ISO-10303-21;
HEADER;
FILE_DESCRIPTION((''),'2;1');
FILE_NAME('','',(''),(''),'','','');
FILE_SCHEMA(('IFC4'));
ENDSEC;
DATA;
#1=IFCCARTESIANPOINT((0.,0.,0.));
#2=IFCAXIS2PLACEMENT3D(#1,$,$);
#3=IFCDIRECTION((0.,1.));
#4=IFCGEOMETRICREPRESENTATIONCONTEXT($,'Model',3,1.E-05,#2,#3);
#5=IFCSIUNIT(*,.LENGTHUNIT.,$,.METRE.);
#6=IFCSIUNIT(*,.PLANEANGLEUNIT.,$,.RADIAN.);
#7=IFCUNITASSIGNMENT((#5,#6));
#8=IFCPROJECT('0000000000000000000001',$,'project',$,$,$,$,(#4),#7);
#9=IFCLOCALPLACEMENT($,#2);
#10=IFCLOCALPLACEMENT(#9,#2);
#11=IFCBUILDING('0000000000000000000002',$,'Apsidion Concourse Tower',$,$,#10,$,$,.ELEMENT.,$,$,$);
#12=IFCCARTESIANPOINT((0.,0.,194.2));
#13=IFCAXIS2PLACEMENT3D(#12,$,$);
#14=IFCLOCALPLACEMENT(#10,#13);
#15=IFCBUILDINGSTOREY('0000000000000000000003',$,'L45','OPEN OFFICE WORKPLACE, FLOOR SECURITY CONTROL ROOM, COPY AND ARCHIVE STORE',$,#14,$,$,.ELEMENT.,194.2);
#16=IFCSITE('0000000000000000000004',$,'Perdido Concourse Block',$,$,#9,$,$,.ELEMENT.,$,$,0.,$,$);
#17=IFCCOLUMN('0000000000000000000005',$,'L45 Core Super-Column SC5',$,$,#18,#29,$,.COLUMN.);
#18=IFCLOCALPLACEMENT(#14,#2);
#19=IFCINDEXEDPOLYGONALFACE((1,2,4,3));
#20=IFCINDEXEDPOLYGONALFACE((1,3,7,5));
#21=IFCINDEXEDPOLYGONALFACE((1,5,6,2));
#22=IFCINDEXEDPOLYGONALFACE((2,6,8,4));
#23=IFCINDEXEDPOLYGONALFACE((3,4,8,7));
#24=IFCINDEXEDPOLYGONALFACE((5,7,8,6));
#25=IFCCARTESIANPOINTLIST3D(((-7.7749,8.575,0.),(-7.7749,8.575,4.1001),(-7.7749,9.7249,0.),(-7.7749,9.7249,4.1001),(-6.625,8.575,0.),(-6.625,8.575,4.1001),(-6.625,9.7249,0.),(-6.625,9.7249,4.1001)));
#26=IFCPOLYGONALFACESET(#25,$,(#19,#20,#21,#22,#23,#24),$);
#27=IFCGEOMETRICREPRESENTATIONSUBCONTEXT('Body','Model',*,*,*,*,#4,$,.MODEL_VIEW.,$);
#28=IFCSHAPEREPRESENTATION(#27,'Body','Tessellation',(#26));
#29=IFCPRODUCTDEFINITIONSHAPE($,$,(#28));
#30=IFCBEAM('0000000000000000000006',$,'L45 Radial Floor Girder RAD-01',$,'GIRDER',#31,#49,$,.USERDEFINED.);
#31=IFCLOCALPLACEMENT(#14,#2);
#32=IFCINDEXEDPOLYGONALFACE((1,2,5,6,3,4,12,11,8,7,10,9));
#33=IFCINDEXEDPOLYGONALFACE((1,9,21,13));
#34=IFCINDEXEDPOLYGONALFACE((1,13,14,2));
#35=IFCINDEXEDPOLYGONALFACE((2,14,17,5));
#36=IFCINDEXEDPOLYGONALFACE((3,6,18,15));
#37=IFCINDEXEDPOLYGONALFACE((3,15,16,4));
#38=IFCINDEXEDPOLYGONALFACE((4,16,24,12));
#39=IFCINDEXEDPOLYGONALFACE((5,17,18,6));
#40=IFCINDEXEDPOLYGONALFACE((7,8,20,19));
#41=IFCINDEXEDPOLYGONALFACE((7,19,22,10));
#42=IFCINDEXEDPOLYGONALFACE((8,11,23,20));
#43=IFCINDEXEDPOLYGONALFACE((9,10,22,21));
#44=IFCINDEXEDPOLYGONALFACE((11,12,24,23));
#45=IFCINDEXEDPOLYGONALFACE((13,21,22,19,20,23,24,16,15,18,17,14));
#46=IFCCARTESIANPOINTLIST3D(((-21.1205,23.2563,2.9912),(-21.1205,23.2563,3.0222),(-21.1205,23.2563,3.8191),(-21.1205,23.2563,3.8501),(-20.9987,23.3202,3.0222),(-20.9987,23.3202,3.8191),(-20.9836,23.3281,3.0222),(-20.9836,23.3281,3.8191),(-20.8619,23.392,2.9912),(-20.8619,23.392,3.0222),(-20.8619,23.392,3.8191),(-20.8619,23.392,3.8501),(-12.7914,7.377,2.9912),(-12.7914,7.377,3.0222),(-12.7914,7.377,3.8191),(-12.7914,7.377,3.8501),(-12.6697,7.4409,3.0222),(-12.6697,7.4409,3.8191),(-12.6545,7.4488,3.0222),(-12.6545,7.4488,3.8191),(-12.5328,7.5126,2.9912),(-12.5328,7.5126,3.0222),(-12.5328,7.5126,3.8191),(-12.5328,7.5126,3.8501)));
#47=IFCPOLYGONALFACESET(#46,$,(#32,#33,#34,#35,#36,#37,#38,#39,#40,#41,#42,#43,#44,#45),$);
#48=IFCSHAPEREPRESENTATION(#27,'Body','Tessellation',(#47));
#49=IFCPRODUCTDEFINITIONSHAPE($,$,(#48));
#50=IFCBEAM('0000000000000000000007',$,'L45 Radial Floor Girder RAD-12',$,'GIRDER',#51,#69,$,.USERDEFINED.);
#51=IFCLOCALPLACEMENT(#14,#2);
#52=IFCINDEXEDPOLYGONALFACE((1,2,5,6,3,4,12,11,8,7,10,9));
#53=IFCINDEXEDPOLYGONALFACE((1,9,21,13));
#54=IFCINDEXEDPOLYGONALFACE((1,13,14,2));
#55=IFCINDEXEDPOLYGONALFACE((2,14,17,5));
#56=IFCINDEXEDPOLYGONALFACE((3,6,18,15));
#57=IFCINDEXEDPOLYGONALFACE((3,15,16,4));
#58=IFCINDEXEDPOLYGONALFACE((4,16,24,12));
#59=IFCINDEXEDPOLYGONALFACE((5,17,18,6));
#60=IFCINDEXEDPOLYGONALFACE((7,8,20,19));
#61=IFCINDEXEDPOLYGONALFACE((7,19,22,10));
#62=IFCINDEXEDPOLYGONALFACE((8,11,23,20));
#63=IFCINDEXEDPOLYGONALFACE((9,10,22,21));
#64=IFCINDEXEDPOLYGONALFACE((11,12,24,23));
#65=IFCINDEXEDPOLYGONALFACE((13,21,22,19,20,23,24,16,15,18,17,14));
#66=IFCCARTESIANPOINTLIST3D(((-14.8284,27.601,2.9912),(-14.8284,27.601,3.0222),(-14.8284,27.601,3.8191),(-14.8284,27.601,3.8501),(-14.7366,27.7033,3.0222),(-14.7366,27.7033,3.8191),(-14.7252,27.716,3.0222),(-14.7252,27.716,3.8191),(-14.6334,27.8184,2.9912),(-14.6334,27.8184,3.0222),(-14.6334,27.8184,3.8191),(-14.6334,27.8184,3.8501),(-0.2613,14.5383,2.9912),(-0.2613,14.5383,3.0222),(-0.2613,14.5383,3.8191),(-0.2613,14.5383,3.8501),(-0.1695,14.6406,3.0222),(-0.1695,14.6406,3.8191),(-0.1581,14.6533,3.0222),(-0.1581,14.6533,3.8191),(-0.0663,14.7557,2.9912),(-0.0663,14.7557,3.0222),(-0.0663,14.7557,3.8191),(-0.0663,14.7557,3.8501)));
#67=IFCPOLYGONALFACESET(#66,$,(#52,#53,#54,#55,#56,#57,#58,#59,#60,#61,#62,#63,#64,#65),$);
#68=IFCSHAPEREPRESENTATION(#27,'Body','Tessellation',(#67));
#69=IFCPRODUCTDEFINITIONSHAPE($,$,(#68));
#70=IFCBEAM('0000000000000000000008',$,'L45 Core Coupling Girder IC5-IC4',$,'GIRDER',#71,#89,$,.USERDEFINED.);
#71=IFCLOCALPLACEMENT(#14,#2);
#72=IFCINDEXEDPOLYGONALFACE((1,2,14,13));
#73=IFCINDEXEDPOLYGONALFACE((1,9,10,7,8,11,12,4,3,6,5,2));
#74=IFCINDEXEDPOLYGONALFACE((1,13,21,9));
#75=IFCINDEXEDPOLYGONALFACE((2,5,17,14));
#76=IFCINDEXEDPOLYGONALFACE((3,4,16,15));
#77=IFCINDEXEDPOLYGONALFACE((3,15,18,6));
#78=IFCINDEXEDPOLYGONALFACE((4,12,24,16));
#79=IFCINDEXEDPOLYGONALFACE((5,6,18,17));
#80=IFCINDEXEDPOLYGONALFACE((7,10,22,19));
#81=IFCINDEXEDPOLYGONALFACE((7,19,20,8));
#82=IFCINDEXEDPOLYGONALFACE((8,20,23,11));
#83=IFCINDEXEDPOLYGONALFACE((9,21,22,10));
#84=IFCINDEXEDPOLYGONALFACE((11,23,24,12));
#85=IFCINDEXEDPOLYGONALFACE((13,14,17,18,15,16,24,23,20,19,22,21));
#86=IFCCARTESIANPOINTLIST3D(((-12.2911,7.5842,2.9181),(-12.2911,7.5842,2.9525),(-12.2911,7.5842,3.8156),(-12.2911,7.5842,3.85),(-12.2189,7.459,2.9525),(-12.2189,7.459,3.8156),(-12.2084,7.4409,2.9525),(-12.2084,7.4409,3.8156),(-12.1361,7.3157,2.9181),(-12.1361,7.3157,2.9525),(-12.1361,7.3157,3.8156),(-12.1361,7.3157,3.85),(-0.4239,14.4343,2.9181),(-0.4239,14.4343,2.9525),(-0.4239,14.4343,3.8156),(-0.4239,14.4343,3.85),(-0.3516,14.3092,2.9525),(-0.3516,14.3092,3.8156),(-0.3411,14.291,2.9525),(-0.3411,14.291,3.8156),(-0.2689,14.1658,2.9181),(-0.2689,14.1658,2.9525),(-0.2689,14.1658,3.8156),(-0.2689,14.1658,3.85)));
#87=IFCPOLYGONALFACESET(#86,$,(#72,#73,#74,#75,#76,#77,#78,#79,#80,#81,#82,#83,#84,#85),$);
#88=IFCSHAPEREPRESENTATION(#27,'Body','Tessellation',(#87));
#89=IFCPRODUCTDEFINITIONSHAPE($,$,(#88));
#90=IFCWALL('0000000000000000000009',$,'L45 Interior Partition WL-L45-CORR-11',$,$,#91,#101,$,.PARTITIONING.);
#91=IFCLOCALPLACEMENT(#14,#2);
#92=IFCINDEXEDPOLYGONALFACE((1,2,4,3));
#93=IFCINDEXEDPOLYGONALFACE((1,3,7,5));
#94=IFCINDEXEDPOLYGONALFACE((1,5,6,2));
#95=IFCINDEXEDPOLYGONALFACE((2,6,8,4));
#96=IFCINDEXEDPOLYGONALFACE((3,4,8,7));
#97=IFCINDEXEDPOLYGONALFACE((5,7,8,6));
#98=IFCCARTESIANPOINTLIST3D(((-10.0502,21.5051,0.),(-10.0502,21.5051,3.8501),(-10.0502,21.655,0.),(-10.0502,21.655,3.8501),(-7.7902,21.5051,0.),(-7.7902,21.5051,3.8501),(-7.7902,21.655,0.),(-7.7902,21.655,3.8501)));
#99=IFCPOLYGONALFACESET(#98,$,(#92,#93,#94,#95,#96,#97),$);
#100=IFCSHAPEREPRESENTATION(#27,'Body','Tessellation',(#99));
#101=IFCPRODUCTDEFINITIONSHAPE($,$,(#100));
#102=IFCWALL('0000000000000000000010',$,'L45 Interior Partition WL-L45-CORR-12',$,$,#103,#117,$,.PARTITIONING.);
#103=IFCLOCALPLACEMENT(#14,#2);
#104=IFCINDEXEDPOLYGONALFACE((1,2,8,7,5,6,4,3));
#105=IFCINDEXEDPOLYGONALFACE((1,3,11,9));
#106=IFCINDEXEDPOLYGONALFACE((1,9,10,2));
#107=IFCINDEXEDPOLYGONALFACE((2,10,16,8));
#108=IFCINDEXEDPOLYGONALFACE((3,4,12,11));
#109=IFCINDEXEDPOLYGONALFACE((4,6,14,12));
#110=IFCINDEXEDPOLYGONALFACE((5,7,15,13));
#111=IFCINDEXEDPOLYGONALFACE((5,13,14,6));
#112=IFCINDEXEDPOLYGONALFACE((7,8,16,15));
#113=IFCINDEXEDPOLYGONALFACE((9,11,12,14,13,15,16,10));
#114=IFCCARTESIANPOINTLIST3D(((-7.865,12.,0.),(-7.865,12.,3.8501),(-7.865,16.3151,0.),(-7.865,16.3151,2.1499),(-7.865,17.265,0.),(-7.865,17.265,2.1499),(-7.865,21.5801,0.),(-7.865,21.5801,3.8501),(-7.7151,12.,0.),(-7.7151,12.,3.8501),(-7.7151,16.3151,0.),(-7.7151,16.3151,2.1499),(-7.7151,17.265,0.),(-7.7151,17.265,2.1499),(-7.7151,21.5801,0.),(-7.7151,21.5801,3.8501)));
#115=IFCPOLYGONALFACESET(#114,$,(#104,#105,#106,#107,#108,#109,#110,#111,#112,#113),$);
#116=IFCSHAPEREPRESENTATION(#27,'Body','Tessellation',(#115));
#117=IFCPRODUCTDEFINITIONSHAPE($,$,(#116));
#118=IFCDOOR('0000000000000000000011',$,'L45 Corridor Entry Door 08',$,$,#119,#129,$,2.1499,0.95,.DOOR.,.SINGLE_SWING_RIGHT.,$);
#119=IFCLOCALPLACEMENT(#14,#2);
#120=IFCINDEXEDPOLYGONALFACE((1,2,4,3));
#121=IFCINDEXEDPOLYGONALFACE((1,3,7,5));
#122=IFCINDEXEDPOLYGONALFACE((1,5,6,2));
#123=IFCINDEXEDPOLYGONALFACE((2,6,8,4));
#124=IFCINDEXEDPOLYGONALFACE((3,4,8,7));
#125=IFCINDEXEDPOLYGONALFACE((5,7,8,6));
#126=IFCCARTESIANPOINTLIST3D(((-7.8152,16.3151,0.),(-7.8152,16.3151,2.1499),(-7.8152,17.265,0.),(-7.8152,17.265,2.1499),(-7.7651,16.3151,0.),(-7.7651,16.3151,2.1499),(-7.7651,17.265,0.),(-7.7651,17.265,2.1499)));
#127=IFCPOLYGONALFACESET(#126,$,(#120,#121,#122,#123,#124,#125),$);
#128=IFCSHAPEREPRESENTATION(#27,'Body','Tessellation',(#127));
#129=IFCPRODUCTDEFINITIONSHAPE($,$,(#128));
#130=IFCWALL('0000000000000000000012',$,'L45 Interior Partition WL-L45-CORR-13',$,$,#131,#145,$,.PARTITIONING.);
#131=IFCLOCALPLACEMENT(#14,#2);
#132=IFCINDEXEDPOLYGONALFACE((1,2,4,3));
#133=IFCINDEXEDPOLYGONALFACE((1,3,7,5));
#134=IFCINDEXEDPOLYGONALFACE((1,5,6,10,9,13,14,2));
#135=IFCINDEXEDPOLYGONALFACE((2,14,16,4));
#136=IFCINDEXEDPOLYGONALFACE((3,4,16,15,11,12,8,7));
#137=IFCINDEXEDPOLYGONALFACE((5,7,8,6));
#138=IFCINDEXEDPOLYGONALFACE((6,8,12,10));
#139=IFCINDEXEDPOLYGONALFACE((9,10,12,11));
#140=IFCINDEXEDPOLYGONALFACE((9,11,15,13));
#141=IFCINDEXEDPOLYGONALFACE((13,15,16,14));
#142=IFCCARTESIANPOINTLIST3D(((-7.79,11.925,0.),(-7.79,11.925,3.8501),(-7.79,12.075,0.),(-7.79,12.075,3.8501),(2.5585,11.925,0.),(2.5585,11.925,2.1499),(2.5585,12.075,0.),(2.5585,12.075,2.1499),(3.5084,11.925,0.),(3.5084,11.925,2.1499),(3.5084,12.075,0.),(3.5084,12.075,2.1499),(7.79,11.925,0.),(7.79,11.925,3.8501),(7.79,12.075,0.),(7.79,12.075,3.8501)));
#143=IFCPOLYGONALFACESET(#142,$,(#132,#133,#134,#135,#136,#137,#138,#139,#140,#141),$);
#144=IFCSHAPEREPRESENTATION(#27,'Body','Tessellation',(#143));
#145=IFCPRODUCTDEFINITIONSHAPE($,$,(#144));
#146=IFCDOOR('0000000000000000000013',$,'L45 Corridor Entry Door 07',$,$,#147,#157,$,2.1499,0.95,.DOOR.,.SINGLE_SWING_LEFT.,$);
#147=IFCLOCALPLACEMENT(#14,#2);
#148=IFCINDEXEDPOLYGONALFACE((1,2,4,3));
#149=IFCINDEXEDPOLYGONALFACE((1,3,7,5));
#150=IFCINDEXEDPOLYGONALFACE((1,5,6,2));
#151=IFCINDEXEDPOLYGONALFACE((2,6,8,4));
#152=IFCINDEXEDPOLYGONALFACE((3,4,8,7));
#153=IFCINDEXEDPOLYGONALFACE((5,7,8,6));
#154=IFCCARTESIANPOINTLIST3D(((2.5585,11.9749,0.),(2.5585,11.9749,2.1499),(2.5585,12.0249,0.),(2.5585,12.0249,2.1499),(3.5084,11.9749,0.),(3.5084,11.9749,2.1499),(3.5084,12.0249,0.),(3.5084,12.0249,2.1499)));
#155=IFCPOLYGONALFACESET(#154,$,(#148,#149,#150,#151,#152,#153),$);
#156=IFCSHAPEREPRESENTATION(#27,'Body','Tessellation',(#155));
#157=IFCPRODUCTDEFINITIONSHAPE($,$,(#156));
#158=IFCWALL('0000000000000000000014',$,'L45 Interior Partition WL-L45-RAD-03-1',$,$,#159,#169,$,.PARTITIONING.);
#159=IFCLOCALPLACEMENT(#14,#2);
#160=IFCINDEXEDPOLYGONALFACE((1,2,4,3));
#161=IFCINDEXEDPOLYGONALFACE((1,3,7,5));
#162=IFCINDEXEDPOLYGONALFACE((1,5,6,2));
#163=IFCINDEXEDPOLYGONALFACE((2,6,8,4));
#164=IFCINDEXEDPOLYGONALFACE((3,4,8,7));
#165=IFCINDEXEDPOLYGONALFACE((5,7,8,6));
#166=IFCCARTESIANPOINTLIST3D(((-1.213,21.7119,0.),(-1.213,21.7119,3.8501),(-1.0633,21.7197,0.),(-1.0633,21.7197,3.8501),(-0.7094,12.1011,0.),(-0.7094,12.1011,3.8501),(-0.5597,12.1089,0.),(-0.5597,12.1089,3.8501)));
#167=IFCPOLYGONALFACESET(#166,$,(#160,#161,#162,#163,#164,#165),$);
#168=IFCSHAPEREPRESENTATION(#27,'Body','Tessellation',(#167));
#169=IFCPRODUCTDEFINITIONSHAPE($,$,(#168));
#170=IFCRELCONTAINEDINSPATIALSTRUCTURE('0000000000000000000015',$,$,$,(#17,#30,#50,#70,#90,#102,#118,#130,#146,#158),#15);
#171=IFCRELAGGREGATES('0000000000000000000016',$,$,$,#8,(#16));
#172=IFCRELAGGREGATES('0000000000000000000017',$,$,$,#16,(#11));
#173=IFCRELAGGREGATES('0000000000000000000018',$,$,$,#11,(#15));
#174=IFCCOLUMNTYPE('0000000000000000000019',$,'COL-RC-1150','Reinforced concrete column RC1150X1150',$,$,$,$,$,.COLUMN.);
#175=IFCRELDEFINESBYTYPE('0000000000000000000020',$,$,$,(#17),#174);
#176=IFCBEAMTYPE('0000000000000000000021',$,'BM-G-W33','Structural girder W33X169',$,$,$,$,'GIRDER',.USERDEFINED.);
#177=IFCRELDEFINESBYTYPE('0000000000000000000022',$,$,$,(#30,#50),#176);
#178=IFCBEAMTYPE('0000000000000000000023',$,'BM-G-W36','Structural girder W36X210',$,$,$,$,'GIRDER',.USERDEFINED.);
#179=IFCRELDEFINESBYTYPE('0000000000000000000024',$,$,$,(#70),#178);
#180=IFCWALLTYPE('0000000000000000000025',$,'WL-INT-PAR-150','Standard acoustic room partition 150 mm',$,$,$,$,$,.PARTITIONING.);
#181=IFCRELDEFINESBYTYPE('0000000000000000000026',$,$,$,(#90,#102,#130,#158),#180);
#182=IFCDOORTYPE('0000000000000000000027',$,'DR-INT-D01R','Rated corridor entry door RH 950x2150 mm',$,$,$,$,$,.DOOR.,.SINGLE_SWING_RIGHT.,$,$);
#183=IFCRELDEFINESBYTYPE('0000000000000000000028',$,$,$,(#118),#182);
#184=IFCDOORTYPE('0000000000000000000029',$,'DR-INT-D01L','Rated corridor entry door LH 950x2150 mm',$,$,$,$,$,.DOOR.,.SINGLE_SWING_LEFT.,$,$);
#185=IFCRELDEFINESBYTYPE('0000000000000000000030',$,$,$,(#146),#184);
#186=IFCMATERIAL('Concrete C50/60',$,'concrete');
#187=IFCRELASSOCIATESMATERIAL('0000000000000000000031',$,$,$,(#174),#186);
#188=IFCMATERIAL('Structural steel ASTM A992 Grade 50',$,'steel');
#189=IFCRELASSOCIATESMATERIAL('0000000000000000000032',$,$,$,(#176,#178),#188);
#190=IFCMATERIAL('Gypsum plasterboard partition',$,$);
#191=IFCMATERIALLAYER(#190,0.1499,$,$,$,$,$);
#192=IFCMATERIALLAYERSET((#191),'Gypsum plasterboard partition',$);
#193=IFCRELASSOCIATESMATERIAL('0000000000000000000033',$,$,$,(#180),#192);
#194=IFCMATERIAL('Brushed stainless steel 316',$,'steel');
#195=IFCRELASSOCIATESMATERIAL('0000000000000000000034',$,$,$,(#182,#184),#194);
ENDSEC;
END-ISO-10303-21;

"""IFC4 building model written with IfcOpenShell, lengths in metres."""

from ifc_helpers import new_model, si_unit, direction, frame, frame_2d, origin, origin_2d, place, context, subcontext, project, spatial, rectangle, i_section, extrude, material, layer, layer_set, material_profile, profile_set, type_object, element, fill, save


model = new_model("IFC4")

# Units and contexts
model_context = context("Model", 3, precision=1e-05, world=origin(), true_north=direction((0.0, 1.0)))
body_context = subcontext(model_context, "Body", "Model", "MODEL_VIEW")
ifc_project = project(units=[si_unit("LENGTHUNIT", "METRE"), si_unit("PLANEANGLEUNIT", "RADIAN")], contexts=[model_context])

# Site, building, storey
site_placement = place(None, origin())
site = spatial("IfcSite", under=ifc_project, at=site_placement, Name="Perdido Concourse Block", CompositionType="ELEMENT", RefElevation=0.0)
building_placement = place(site_placement, origin())
building = spatial("IfcBuilding", under=site, at=building_placement, Name="Apsidion Concourse Tower", CompositionType="ELEMENT")
storey_placement = place(building_placement, frame((0.0, 0.0, 194.2)))
storey = spatial("IfcBuildingStorey", under=building, at=storey_placement, Name="L45", Description="OPEN OFFICE WORKPLACE, FLOOR SECURITY CONTROL ROOM, COPY AND ARCHIVE STORE", CompositionType="ELEMENT", Elevation=194.2)

# Column
ifc_material_1 = material(Name="Concrete C50/60", Category="concrete")
ifc_material_profile_1 = material_profile(ifc_material_1, rectangle(XDim=1.1499, YDim=1.1499, at=origin_2d()), Name="RC 1150x1150")
ifc_profile_set_1 = profile_set([ifc_material_profile_1], Name="Concrete C50/60")
column_type = type_object("IfcColumnType", Name="COL-RC-1150", Description="Reinforced concrete column RC1150X1150", PredefinedType="COLUMN", material=ifc_profile_set_1)
column_placement = place(storey_placement, frame((-7.2, 9.1499, 0.0), z_axis=(0.0, 0.0, 1.0), x_axis=(1.0, 0.0, 0.0)))
element("IfcColumn", 1, at=column_placement, inside=storey, type_object=column_type, Name="L45 Core Super-Column SC5", PredefinedType="COLUMN", context=body_context, shape_type="SweptSolid", body=[
    extrude(rectangle(XDim=1.1499, YDim=1.1499, at=origin_2d()), origin(), (0.0, 0.0, 1.0), 4.1001),
])

# Beams
ifc_material_2 = material(Name="Structural steel ASTM A992 Grade 50", Category="steel")
ifc_material_profile_2 = material_profile(ifc_material_2, i_section(OverallWidth=0.292, OverallDepth=0.8589, WebThickness=0.0171, FlangeThickness=0.031, at=origin_2d()), Name="W33X169")
ifc_profile_set_2 = profile_set([ifc_material_profile_2], Name="Structural steel ASTM A992 Grade 50")
beam_type_1 = type_object("IfcBeamType", Name="BM-G-W33", Description="Structural girder W33X169", ElementType="GIRDER", PredefinedType="USERDEFINED", material=ifc_profile_set_2)
beam_1_placement = place(storey_placement, frame((-12.6621, 7.4448, 3.4207), z_axis=(-0.464502, 0.885572, 0.0), x_axis=(-0.885572, -0.464502, 0.0)))
element("IfcBeam", 2, at=beam_1_placement, inside=storey, type_object=beam_type_1, Name="L45 Radial Floor Girder RAD-01", ObjectType="GIRDER", PredefinedType="USERDEFINED", context=body_context, shape_type="SweptSolid", body=[
    extrude(i_section(OverallWidth=0.292, OverallDepth=0.8589, WebThickness=0.0171, FlangeThickness=0.031, at=origin_2d()), origin(), (0.0, 0.0, 1.0), 17.9312),
])
beam_2_placement = place(storey_placement, frame((-0.1638, 14.647, 3.4207), z_axis=(-0.744505, 0.667617, 0.0), x_axis=(-0.667617, -0.744505, 0.0)))
element("IfcBeam", 3, at=beam_2_placement, inside=storey, type_object=beam_type_1, Name="L45 Radial Floor Girder RAD-12", ObjectType="GIRDER", PredefinedType="USERDEFINED", context=body_context, shape_type="SweptSolid", body=[
    extrude(i_section(OverallWidth=0.292, OverallDepth=0.8589, WebThickness=0.0171, FlangeThickness=0.031, at=origin_2d()), origin(), (0.0, 0.0, 1.0), 19.5662),
])
ifc_material_profile_3 = material_profile(ifc_material_2, i_section(OverallWidth=0.3101, OverallDepth=0.9319, WebThickness=0.021, FlangeThickness=0.0344, at=origin_2d()), Name="W36X210")
ifc_profile_set_3 = profile_set([ifc_material_profile_3], Name="Structural steel ASTM A992 Grade 50")
beam_type_2 = type_object("IfcBeamType", Name="BM-G-W36", Description="Structural girder W36X210", ElementType="GIRDER", PredefinedType="USERDEFINED", material=ifc_profile_set_3)
beam_3_placement = place(storey_placement, frame((-12.2136, 7.45, 3.384), z_axis=(0.86607, 0.499922, 0.0), x_axis=(-0.499922, 0.86607, 0.0)))
element("IfcBeam", 4, at=beam_3_placement, inside=storey, type_object=beam_type_2, Name="L45 Core Coupling Girder IC5-IC4", ObjectType="GIRDER", PredefinedType="USERDEFINED", context=body_context, shape_type="SweptSolid", body=[
    extrude(i_section(OverallWidth=0.3101, OverallDepth=0.9319, WebThickness=0.021, FlangeThickness=0.0344, at=origin_2d()), origin(), (0.0, 0.0, 1.0), 13.7024),
])

# Wall
ifc_material_3 = material(Name="Gypsum plasterboard partition")
ifc_layer_1 = layer(ifc_material_3, 0.1499)
ifc_layer_set_1 = layer_set([ifc_layer_1], Name="Gypsum plasterboard partition")
wall_type_1 = type_object("IfcWallType", Name="WL-INT-PAR-150", Description="Standard acoustic room partition 150 mm", PredefinedType="PARTITIONING", material=ifc_layer_set_1)
wall_1_placement = place(storey_placement, frame((-10.05, 21.5801, 0.0), z_axis=(0.0, 0.0, 1.0), x_axis=(1.0, 0.0, 0.0)))
element("IfcWall", 5, at=wall_1_placement, inside=storey, type_object=wall_type_1, Name="L45 Interior Partition WL-L45-CORR-11", PredefinedType="PARTITIONING", context=body_context, shape_type="SweptSolid", body=[
    extrude(rectangle(XDim=2.26, YDim=0.1499, at=frame_2d((1.1299, 0.0))), origin(), (0.0, 0.0, 1.0), 3.8501),
])

# Walls, openings, doors
wall_2_placement = place(storey_placement, frame((-7.79, 21.5801, 0.0), z_axis=(0.0, 0.0, 1.0), x_axis=(0.0, -1.0, 0.0)))
wall_2 = element("IfcWall", 6, at=wall_2_placement, inside=storey, type_object=wall_type_1, Name="L45 Interior Partition WL-L45-CORR-12", PredefinedType="PARTITIONING", context=body_context, shape_type="SweptSolid", body=[
    extrude(rectangle(XDim=9.5801, YDim=0.1499, at=frame_2d((4.79, 0.0))), origin(), (0.0, 0.0, 1.0), 3.8501),
])
opening_1_placement = place(wall_2_placement, frame((4.3149, 0.0, 0.0)))
opening_1 = element("IfcOpeningElement", 7, at=opening_1_placement, cuts=wall_2, PredefinedType="OPENING", context=body_context, shape_type="SweptSolid", body=[
    extrude(rectangle(XDim=0.95, YDim=2.1499, at=frame_2d((0.4751, 1.075))), frame((0.0, 0.085, 0.0), z_axis=(0.0, -1.0, 0.0), x_axis=(1.0, 0.0, 0.0)), (0.0, 0.0, 1.0), 0.1699),
])
ifc_material_4 = material(Name="Brushed stainless steel 316", Category="steel")
door_type_1 = type_object("IfcDoorType", Name="DR-INT-D01R", Description="Rated corridor entry door RH 950x2150 mm", OperationType="SINGLE_SWING_RIGHT", PredefinedType="DOOR", material=ifc_material_4)
door_1_placement = place(opening_1_placement, origin())
door_1 = element("IfcDoor", 8, at=door_1_placement, inside=storey, type_object=door_type_1, Name="L45 Corridor Entry Door 08", OperationType="SINGLE_SWING_RIGHT", OverallHeight=2.1499, OverallWidth=0.95, PredefinedType="DOOR", context=body_context, shape_type="SweptSolid", body=[
    extrude(rectangle(XDim=0.95, YDim=2.1499, at=frame_2d((0.4751, 1.075))), frame((0.0, 0.0249, 0.0), z_axis=(0.0, -1.0, 0.0), x_axis=(1.0, 0.0, 0.0)), (0.0, 0.0, 1.0), 0.05),
])
fill(opening_1, door_1)
wall_3_placement = place(storey_placement, frame((-7.79, 12.0, 0.0), z_axis=(0.0, 0.0, 1.0), x_axis=(1.0, 0.0, 0.0)))
wall_3 = element("IfcWall", 9, at=wall_3_placement, inside=storey, type_object=wall_type_1, Name="L45 Interior Partition WL-L45-CORR-13", PredefinedType="PARTITIONING", context=body_context, shape_type="SweptSolid", body=[
    extrude(rectangle(XDim=15.5801, YDim=0.1499, at=frame_2d((7.79, 0.0))), origin(), (0.0, 0.0, 1.0), 3.8501),
])
opening_2_placement = place(wall_3_placement, frame((10.3484, 0.0, 0.0)))
opening_2 = element("IfcOpeningElement", 10, at=opening_2_placement, cuts=wall_3, PredefinedType="OPENING", context=body_context, shape_type="SweptSolid", body=[
    extrude(rectangle(XDim=0.95, YDim=2.1499, at=frame_2d((0.4751, 1.075))), frame((0.0, 0.085, 0.0), z_axis=(0.0, -1.0, 0.0), x_axis=(1.0, 0.0, 0.0)), (0.0, 0.0, 1.0), 0.1699),
])
door_type_2 = type_object("IfcDoorType", Name="DR-INT-D01L", Description="Rated corridor entry door LH 950x2150 mm", OperationType="SINGLE_SWING_LEFT", PredefinedType="DOOR", material=ifc_material_4)
door_2_placement = place(opening_2_placement, origin())
door_2 = element("IfcDoor", 11, at=door_2_placement, inside=storey, type_object=door_type_2, Name="L45 Corridor Entry Door 07", OperationType="SINGLE_SWING_LEFT", OverallHeight=2.1499, OverallWidth=0.95, PredefinedType="DOOR", context=body_context, shape_type="SweptSolid", body=[
    extrude(rectangle(XDim=0.95, YDim=2.1499, at=frame_2d((0.4751, 1.075))), frame((0.0, 0.0249, 0.0), z_axis=(0.0, -1.0, 0.0), x_axis=(1.0, 0.0, 0.0)), (0.0, 0.0, 1.0), 0.05),
])
fill(opening_2, door_2)

# Wall
wall_4_placement = place(storey_placement, frame((-0.6345, 12.105, 0.0), z_axis=(0.0, 0.0, 1.0), x_axis=(-0.052334, 0.99863, 0.0)))
element("IfcWall", 12, at=wall_4_placement, inside=storey, type_object=wall_type_1, Name="L45 Interior Partition WL-L45-RAD-03-1", PredefinedType="PARTITIONING", context=body_context, shape_type="SweptSolid", body=[
    extrude(rectangle(XDim=9.624, YDim=0.1499, at=frame_2d((4.812, 0.0))), origin(), (0.0, 0.0, 1.0), 3.8501),
])

save(model, "model.ifc")
